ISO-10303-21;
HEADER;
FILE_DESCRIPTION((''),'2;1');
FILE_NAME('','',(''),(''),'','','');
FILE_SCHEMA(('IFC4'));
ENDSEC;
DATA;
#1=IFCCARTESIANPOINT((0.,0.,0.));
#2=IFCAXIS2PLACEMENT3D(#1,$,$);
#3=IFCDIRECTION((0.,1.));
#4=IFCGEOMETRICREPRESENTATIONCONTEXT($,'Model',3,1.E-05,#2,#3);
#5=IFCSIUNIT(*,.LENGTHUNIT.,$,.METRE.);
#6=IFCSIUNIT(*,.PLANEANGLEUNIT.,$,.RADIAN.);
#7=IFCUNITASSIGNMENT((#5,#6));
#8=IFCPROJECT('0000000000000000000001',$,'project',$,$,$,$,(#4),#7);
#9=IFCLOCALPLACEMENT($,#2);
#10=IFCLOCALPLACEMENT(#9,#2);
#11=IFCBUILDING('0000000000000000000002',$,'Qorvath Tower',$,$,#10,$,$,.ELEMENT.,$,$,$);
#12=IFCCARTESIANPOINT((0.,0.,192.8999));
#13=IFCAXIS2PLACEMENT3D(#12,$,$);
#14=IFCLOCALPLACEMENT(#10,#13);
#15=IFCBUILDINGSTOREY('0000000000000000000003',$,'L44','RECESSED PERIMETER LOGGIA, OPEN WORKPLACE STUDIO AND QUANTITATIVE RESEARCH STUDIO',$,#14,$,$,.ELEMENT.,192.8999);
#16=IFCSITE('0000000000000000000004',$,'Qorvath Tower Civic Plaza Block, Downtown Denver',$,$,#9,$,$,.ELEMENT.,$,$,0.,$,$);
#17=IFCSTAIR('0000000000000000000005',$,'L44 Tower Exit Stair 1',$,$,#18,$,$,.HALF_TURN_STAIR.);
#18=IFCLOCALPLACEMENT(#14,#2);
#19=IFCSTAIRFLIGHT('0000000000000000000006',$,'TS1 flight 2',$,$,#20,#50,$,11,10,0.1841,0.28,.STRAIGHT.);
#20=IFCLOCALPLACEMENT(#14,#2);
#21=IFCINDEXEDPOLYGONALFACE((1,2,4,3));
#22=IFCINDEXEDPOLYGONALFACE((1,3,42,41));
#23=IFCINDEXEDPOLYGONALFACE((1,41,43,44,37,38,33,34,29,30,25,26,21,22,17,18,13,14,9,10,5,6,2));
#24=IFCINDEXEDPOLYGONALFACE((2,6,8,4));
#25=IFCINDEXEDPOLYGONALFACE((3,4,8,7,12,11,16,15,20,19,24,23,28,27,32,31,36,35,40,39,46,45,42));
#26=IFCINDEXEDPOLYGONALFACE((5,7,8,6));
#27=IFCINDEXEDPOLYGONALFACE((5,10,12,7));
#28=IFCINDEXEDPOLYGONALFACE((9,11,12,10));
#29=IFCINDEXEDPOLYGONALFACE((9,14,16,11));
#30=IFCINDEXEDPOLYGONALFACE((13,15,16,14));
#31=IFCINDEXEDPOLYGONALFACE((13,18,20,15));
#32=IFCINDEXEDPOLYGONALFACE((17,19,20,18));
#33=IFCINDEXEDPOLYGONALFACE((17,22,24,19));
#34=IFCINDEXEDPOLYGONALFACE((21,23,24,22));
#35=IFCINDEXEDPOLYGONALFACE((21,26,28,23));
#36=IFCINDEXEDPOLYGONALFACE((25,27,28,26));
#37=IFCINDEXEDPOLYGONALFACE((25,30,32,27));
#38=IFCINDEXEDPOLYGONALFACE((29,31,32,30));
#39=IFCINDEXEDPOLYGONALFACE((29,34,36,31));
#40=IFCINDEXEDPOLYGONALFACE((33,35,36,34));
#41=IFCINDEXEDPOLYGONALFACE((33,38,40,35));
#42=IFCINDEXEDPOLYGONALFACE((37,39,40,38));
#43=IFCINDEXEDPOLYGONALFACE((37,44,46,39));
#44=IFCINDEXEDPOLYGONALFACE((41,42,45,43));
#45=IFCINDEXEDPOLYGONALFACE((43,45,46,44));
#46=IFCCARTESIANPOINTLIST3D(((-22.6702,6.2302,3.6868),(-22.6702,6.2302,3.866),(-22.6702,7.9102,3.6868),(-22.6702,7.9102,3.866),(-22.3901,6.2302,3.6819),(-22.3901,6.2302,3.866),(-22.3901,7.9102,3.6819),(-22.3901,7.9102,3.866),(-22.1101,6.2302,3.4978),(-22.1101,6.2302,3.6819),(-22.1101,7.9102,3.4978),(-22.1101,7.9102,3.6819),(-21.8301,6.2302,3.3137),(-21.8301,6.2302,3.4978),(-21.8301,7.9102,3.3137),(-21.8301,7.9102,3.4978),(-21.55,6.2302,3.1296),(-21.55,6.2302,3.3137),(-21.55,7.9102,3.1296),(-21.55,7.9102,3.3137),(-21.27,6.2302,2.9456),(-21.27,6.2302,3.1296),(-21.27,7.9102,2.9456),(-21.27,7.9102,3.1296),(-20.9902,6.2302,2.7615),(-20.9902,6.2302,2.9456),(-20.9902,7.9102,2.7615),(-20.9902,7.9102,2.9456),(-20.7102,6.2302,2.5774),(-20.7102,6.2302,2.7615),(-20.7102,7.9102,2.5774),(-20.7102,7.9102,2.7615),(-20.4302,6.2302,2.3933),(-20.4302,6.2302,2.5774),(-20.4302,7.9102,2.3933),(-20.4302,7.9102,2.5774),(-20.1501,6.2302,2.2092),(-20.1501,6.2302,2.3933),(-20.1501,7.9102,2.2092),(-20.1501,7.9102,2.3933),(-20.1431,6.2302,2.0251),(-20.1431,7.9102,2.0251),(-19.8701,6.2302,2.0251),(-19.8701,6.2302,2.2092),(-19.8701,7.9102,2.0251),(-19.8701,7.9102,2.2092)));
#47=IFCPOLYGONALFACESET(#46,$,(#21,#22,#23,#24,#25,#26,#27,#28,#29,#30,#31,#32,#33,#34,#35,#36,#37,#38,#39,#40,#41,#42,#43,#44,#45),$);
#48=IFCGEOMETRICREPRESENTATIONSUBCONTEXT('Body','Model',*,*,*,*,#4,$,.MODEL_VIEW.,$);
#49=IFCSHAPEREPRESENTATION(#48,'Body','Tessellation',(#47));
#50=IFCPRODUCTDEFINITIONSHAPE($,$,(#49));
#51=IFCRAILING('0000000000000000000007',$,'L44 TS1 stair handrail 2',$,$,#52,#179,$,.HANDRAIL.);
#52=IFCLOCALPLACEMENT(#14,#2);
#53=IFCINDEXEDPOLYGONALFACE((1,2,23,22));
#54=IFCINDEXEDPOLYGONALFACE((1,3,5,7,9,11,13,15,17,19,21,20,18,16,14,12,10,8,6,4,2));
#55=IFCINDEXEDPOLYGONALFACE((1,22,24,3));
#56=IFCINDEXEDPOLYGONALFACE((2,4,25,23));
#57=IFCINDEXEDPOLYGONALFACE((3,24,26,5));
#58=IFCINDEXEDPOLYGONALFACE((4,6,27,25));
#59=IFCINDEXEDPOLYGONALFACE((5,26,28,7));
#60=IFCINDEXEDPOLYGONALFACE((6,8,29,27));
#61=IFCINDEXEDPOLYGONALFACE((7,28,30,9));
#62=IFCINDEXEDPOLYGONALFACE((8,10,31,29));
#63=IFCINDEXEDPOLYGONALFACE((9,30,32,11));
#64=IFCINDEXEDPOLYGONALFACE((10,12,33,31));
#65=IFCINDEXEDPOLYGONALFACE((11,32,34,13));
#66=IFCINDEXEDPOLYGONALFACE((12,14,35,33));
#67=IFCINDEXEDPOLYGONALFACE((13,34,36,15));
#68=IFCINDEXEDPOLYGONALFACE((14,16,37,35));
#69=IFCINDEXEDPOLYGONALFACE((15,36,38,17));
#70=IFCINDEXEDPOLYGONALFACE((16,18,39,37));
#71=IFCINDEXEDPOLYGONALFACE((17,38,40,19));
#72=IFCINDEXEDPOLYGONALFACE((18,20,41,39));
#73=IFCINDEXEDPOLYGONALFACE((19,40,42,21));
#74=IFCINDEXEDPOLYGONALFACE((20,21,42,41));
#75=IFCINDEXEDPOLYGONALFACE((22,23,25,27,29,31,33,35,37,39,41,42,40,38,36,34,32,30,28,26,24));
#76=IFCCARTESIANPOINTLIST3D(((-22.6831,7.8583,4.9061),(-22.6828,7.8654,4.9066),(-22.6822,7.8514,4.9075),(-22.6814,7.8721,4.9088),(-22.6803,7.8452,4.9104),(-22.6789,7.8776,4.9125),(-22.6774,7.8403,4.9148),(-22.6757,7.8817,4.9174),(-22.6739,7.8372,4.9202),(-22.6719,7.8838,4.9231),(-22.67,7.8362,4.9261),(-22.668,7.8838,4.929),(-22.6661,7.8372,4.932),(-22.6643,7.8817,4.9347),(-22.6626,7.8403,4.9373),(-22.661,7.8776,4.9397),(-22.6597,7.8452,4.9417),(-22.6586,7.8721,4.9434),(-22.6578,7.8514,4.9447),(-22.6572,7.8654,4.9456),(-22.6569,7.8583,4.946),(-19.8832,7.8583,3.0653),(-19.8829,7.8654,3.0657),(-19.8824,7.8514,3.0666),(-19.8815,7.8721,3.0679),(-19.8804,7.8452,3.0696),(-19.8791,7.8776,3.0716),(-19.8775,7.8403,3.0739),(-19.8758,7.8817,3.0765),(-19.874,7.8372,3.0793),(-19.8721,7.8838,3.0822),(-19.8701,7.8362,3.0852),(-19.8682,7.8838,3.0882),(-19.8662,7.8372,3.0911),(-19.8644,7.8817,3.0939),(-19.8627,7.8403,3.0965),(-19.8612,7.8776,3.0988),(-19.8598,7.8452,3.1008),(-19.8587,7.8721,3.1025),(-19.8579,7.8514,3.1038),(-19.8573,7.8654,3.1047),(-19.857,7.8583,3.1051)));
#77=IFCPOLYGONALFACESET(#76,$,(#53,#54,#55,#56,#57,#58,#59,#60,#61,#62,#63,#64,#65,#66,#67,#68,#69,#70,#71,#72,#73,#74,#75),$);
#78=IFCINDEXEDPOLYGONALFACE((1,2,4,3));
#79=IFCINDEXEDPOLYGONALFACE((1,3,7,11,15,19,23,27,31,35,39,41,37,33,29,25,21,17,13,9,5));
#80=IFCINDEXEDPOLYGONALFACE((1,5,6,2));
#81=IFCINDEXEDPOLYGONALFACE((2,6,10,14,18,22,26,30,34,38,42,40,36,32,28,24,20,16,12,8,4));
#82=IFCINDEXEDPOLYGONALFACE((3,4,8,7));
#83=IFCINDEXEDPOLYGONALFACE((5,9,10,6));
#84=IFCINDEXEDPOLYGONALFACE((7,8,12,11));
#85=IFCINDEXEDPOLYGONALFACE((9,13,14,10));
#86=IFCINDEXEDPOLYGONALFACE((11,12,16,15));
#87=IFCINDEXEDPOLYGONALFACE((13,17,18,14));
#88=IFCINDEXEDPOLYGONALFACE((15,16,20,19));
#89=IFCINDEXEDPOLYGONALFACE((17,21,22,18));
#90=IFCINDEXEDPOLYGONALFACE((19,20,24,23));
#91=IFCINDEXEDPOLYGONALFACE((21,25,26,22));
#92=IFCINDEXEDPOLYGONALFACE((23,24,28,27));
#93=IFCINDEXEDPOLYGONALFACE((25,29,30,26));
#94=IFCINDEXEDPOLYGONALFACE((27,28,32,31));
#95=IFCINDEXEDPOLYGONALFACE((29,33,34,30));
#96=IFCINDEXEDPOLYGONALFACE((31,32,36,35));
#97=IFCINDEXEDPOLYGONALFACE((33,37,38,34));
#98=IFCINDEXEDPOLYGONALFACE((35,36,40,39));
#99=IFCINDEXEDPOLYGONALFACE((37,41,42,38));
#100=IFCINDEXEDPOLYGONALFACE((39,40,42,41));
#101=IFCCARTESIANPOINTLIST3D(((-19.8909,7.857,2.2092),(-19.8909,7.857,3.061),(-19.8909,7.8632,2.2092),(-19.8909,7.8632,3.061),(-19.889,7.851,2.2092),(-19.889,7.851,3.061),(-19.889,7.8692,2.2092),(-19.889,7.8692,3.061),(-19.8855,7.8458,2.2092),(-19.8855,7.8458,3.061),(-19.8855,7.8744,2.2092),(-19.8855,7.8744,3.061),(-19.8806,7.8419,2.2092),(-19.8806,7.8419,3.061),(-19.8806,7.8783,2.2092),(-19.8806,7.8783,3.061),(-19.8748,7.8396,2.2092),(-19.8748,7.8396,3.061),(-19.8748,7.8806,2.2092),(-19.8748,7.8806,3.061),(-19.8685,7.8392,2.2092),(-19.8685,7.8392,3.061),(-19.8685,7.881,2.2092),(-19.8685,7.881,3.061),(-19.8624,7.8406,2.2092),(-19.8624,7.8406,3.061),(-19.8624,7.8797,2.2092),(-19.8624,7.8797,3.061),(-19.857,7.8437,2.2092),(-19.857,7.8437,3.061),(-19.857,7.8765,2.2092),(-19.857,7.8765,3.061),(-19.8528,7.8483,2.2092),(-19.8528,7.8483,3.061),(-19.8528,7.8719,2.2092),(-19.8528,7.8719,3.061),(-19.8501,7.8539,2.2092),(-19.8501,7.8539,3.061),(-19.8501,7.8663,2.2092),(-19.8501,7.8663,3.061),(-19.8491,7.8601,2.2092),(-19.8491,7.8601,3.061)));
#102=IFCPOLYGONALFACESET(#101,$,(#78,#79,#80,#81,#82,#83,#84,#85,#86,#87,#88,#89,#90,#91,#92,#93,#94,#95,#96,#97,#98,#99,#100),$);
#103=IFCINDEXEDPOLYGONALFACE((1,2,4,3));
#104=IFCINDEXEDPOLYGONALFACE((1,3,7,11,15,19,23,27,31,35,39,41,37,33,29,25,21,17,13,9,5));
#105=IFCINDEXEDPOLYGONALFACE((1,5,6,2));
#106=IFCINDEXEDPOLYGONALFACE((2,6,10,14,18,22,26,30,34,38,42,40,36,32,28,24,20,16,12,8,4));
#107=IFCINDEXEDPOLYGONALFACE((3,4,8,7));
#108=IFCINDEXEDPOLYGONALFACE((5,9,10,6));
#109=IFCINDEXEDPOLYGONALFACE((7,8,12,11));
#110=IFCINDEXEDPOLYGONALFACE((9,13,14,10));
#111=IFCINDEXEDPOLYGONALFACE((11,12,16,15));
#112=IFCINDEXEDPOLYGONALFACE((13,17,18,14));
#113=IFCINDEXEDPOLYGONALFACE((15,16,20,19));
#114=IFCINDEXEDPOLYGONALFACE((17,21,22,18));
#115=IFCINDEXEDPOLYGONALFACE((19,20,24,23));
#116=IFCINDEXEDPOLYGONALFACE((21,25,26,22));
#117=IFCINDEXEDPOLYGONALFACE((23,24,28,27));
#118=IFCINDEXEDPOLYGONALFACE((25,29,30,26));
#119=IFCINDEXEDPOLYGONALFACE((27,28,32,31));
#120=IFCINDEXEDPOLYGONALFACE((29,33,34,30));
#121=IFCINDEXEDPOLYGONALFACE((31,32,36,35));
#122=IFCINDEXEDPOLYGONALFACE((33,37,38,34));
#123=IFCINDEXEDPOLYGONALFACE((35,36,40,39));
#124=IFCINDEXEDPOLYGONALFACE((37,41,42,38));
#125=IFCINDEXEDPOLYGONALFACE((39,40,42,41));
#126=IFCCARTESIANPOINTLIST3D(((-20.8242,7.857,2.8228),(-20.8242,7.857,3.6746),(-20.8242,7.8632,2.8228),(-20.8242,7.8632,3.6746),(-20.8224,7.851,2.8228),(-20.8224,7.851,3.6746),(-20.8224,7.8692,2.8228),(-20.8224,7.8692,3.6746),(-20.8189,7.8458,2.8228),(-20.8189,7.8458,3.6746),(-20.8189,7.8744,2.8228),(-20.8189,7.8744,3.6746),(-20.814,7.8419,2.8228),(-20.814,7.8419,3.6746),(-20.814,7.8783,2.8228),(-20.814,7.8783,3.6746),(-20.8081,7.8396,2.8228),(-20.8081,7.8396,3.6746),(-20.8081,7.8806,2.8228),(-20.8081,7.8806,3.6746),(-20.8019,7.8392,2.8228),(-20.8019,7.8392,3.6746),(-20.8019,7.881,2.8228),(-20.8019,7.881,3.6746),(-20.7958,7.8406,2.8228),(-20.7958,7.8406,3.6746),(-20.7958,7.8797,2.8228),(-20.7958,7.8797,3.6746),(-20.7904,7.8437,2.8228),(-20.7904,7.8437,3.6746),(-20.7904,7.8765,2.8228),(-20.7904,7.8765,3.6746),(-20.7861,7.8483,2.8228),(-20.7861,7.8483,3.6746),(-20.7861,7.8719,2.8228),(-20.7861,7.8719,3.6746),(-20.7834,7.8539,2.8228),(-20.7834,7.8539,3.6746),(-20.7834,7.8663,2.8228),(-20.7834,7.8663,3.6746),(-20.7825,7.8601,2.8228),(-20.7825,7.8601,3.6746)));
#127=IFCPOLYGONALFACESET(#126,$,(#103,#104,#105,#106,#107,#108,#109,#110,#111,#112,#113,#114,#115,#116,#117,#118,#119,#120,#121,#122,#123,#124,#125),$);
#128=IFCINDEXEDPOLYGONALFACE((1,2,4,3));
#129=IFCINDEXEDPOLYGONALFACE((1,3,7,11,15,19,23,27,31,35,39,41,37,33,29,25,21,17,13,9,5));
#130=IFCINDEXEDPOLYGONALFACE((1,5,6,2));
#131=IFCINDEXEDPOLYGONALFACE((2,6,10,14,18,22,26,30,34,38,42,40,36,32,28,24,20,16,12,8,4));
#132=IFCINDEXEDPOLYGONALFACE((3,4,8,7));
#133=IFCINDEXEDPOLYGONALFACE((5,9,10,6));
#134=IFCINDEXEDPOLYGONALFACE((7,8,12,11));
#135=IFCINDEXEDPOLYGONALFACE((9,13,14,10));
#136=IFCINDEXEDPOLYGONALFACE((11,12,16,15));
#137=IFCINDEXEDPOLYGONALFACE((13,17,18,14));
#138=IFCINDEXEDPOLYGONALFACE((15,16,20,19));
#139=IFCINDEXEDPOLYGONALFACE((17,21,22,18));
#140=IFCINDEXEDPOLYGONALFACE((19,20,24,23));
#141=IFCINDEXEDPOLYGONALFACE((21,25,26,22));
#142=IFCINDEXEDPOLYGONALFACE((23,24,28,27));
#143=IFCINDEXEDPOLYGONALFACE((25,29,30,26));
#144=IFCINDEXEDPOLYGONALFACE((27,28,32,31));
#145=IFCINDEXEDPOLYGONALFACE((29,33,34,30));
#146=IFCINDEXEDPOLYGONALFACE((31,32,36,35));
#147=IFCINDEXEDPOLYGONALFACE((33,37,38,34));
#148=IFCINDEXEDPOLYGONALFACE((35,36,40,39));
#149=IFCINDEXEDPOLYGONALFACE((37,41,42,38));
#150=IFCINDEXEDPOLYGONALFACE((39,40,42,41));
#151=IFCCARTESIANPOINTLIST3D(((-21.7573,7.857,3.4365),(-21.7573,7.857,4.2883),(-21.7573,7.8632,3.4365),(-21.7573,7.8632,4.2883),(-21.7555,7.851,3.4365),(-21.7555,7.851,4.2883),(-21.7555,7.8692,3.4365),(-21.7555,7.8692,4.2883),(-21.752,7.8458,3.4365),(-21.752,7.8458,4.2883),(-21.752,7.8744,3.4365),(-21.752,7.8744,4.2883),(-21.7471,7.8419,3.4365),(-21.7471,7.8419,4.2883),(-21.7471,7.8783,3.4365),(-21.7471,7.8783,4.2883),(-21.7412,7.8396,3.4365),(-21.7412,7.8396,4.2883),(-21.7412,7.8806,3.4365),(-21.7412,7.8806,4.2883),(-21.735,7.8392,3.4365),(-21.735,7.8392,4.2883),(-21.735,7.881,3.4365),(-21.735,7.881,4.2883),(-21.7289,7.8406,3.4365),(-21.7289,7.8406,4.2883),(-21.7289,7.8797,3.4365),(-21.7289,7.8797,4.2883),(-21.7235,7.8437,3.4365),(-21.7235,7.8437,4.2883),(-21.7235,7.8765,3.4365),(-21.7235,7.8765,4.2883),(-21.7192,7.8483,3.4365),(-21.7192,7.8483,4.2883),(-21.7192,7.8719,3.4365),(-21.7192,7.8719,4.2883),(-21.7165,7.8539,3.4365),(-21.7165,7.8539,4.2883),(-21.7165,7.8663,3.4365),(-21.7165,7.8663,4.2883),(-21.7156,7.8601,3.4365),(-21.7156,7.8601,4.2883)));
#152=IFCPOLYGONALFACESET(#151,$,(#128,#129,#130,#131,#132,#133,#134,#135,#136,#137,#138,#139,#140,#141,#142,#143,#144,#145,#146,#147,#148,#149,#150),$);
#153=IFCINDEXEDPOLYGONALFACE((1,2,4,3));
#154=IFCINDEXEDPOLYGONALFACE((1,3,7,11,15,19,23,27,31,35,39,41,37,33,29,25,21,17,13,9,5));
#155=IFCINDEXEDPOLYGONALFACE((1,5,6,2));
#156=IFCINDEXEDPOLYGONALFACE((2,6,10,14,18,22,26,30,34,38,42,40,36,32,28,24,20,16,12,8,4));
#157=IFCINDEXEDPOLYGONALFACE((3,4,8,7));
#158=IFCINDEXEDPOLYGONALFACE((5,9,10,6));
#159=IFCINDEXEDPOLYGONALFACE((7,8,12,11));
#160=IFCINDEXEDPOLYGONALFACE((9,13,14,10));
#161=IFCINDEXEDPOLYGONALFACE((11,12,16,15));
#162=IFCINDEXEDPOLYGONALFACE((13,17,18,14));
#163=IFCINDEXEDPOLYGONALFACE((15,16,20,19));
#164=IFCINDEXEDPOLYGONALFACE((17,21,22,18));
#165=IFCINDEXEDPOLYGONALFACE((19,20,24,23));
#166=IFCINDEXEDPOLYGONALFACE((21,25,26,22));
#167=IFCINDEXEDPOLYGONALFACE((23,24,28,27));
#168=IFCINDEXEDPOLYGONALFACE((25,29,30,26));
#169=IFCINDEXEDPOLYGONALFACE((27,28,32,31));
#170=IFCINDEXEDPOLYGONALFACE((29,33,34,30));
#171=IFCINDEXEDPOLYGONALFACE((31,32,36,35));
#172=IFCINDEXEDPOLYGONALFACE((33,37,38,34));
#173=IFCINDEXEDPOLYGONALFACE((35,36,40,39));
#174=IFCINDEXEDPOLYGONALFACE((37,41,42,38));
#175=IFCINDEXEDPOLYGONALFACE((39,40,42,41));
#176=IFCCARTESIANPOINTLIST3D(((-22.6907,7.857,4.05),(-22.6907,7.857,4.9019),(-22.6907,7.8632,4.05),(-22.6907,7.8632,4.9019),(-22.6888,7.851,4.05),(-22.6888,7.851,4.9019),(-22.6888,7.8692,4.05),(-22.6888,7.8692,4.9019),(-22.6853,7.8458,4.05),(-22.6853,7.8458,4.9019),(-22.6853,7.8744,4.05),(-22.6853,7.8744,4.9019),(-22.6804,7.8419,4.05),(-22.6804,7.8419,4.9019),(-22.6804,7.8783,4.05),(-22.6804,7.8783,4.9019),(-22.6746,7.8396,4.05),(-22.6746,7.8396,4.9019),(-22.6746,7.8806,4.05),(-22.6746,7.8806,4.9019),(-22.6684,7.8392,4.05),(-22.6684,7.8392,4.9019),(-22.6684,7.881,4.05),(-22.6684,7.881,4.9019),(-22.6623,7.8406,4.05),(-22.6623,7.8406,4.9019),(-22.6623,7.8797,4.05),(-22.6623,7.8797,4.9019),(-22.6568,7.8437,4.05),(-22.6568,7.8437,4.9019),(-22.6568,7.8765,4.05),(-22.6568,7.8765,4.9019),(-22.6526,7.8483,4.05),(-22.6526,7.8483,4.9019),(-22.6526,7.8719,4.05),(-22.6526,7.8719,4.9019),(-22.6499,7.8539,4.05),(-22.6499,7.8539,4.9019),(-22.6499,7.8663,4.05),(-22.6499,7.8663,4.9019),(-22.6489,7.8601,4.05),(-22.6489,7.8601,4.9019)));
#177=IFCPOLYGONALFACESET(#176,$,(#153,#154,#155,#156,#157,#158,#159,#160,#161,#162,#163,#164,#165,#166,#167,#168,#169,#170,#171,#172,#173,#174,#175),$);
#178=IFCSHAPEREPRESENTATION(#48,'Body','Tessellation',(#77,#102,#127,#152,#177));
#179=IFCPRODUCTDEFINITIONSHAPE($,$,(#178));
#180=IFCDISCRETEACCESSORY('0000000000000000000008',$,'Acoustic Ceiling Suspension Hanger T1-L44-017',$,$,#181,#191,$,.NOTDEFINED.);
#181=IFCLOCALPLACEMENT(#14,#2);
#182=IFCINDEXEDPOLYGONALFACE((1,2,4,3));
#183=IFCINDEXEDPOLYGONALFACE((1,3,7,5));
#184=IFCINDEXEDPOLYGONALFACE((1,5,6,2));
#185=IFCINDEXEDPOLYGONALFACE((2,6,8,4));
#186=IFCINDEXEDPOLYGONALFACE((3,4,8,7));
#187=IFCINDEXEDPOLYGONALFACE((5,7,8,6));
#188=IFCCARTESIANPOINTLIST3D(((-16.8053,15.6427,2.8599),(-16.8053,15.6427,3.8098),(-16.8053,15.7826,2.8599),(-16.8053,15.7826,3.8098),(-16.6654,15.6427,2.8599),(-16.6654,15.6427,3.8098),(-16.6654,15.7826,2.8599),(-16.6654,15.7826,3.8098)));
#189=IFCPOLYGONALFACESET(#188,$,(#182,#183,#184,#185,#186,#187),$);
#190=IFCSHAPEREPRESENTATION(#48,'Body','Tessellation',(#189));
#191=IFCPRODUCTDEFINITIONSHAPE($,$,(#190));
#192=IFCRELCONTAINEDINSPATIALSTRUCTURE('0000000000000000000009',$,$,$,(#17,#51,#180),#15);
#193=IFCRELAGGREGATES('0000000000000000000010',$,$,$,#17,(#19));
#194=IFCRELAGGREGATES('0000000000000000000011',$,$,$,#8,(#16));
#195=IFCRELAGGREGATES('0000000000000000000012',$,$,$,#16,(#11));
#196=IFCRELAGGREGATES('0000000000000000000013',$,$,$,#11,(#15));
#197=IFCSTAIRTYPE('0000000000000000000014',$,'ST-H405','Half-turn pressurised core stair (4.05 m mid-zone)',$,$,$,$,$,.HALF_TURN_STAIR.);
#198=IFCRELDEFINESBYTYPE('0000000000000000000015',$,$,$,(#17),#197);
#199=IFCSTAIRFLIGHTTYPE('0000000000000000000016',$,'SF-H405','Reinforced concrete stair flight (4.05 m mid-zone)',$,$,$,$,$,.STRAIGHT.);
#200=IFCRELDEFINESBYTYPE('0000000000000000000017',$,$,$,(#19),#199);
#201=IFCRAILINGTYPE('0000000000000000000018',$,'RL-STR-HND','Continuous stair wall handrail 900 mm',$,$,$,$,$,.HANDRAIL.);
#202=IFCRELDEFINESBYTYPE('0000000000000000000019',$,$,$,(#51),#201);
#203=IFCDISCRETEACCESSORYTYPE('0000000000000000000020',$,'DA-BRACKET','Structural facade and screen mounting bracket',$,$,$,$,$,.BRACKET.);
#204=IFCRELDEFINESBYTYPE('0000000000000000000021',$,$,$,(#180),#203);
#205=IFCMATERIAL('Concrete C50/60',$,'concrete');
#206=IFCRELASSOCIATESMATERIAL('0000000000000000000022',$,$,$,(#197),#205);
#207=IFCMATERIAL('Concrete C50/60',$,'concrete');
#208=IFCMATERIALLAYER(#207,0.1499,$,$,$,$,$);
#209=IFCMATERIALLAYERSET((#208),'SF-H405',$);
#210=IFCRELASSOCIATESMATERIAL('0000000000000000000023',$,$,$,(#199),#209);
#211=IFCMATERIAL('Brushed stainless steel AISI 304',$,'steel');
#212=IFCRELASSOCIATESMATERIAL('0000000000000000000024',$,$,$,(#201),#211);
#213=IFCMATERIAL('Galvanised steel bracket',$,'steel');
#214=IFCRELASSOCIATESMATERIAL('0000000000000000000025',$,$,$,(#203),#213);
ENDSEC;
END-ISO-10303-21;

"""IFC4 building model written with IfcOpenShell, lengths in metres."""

from ifc_helpers import new_model, si_unit, direction, frame, origin, origin_2d, place, context, subcontext, project, spatial, polyline, rectangle, circle, outline, extrude, material, layer, layer_set, type_object, element, aggregate, save


model = new_model("IFC4")

# Units and contexts
model_context = context("Model", 3, precision=1e-05, world=origin(), true_north=direction((0.0, 1.0)))
body_context = subcontext(model_context, "Body", "Model", "MODEL_VIEW")
ifc_project = project(units=[si_unit("LENGTHUNIT", "METRE"), si_unit("PLANEANGLEUNIT", "RADIAN")], contexts=[model_context])

# Site, building, storey
site_placement = place(None, origin())
site = spatial("IfcSite", under=ifc_project, at=site_placement, Name="Qorvath Tower Civic Plaza Block, Downtown Denver", CompositionType="ELEMENT", RefElevation=0.0)
building_placement = place(site_placement, origin())
building = spatial("IfcBuilding", under=site, at=building_placement, Name="Qorvath Tower", CompositionType="ELEMENT")
storey_placement = place(building_placement, frame((0.0, 0.0, 192.8999)))
storey = spatial("IfcBuildingStorey", under=building, at=storey_placement, Name="L44", Description="RECESSED PERIMETER LOGGIA, OPEN WORKPLACE STUDIO AND QUANTITATIVE RESEARCH STUDIO", CompositionType="ELEMENT", Elevation=192.8999)

# Stair, stair flight
ifc_material_1 = material(Name="Concrete C50/60", Category="concrete")
stair_type = type_object("IfcStairType", Name="ST-H405", Description="Half-turn pressurised core stair (4.05 m mid-zone)", PredefinedType="HALF_TURN_STAIR", material=ifc_material_1)
stair_placement = place(storey_placement, origin())
stair = element("IfcStair", 1, at=stair_placement, inside=storey, type_object=stair_type, Name="L44 Tower Exit Stair 1", PredefinedType="HALF_TURN_STAIR")
ifc_material_2 = material(Name="Concrete C50/60", Category="concrete")
ifc_layer_1 = layer(ifc_material_2, 0.1499)
ifc_layer_set_1 = layer_set([ifc_layer_1], Name="SF-H405")
stair_flight_type = type_object("IfcStairFlightType", Name="SF-H405", Description="Reinforced concrete stair flight (4.05 m mid-zone)", PredefinedType="STRAIGHT", material=ifc_layer_set_1)
stair_flight_placement = place(storey_placement, frame((-19.8701, 7.0701, 2.0251), z_axis=(0.0, 0.0, 1.0), x_axis=(-1.0, 0.0, 0.0)))
stair_flight = element("IfcStairFlight", 2, at=stair_flight_placement, type_object=stair_flight_type, Name="TS1 flight 2", NumberOfRisers=11, NumberOfTreads=10, PredefinedType="STRAIGHT", RiserHeight=0.1841, TreadLength=0.28, context=body_context, shape_type="SweptSolid", body=[
    extrude(outline(polyline([(0.0, 0.0), (0.0, 0.1841), (0.28, 0.1841), (0.28, 0.3682), (0.5601, 0.3682), (0.5601, 0.5522), (0.8401, 0.5522), (0.8401, 0.7363), (1.1201, 0.7363), (1.1201, 0.9204), (1.3999, 0.9204), (1.3999, 1.1045), (1.6799, 1.1045), (1.6799, 1.2886), (1.96, 1.2886), (1.96, 1.4727), (2.24, 1.4727), (2.24, 1.6567), (2.52, 1.6567), (2.52, 1.8408), (2.8, 1.8408), (2.8, 2.0249), (2.8, 1.6616), (0.2729, 0.0), (0.0, 0.0)])), frame((0.0, 0.8398, 0.0), z_axis=(0.0, -1.0, 0.0), x_axis=(1.0, 0.0, 0.0)), (0.0, 0.0, 1.0), 1.6799),
])
aggregate(stair, [stair_flight])

# Railing
ifc_material_3 = material(Name="Brushed stainless steel AISI 304", Category="steel")
railing_type = type_object("IfcRailingType", Name="RL-STR-HND", Description="Continuous stair wall handrail 900 mm", PredefinedType="HANDRAIL", material=ifc_material_3)
railing_placement = place(storey_placement, frame((-19.8701, 7.8601, 2.2092)))
element("IfcRailing", 3, at=railing_placement, inside=storey, type_object=railing_type, Name="L44 TS1 stair handrail 2", PredefinedType="HANDRAIL", context=body_context, shape_type="SweptSolid", body=[
    extrude(circle(Radius=0.0239, at=origin_2d()), frame((0.0, 0.0, 0.876), z_axis=(-0.835576, 0.0, 0.549376), x_axis=(0.0, -1.0, 0.0)), (0.0, 0.0, 1.0), 3.3508),
    extrude(circle(Radius=0.021, at=origin_2d()), origin(), (0.0, 0.0, 1.0), 0.8518),
    extrude(circle(Radius=0.021, at=origin_2d()), frame((-0.9333, 0.0, 0.6135)), (0.0, 0.0, 1.0), 0.8518),
    extrude(circle(Radius=0.021, at=origin_2d()), frame((-1.8665, 0.0, 1.2273)), (0.0, 0.0, 1.0), 0.8518),
    extrude(circle(Radius=0.021, at=origin_2d()), frame((-2.7998, 0.0, 1.8408)), (0.0, 0.0, 1.0), 0.8518),
])

# Discrete accessory
ifc_material_4 = material(Name="Galvanised steel bracket", Category="steel")
discrete_accessory_type = type_object("IfcDiscreteAccessoryType", Name="DA-BRACKET", Description="Structural facade and screen mounting bracket", PredefinedType="BRACKET", material=ifc_material_4)
discrete_accessory_placement = place(storey_placement, frame((-16.7354, 15.7126, 2.8599), z_axis=(0.0, 0.0, 1.0), x_axis=(1.0, 0.0, 0.0)))
element("IfcDiscreteAccessory", 4, at=discrete_accessory_placement, inside=storey, type_object=discrete_accessory_type, Name="Acoustic Ceiling Suspension Hanger T1-L44-017", PredefinedType="NOTDEFINED", context=body_context, shape_type="SweptSolid", body=[
    extrude(rectangle(XDim=0.1399, YDim=0.1399, at=origin_2d()), origin(), (0.0, 0.0, 1.0), 0.95),
])

save(model, "model.ifc")
